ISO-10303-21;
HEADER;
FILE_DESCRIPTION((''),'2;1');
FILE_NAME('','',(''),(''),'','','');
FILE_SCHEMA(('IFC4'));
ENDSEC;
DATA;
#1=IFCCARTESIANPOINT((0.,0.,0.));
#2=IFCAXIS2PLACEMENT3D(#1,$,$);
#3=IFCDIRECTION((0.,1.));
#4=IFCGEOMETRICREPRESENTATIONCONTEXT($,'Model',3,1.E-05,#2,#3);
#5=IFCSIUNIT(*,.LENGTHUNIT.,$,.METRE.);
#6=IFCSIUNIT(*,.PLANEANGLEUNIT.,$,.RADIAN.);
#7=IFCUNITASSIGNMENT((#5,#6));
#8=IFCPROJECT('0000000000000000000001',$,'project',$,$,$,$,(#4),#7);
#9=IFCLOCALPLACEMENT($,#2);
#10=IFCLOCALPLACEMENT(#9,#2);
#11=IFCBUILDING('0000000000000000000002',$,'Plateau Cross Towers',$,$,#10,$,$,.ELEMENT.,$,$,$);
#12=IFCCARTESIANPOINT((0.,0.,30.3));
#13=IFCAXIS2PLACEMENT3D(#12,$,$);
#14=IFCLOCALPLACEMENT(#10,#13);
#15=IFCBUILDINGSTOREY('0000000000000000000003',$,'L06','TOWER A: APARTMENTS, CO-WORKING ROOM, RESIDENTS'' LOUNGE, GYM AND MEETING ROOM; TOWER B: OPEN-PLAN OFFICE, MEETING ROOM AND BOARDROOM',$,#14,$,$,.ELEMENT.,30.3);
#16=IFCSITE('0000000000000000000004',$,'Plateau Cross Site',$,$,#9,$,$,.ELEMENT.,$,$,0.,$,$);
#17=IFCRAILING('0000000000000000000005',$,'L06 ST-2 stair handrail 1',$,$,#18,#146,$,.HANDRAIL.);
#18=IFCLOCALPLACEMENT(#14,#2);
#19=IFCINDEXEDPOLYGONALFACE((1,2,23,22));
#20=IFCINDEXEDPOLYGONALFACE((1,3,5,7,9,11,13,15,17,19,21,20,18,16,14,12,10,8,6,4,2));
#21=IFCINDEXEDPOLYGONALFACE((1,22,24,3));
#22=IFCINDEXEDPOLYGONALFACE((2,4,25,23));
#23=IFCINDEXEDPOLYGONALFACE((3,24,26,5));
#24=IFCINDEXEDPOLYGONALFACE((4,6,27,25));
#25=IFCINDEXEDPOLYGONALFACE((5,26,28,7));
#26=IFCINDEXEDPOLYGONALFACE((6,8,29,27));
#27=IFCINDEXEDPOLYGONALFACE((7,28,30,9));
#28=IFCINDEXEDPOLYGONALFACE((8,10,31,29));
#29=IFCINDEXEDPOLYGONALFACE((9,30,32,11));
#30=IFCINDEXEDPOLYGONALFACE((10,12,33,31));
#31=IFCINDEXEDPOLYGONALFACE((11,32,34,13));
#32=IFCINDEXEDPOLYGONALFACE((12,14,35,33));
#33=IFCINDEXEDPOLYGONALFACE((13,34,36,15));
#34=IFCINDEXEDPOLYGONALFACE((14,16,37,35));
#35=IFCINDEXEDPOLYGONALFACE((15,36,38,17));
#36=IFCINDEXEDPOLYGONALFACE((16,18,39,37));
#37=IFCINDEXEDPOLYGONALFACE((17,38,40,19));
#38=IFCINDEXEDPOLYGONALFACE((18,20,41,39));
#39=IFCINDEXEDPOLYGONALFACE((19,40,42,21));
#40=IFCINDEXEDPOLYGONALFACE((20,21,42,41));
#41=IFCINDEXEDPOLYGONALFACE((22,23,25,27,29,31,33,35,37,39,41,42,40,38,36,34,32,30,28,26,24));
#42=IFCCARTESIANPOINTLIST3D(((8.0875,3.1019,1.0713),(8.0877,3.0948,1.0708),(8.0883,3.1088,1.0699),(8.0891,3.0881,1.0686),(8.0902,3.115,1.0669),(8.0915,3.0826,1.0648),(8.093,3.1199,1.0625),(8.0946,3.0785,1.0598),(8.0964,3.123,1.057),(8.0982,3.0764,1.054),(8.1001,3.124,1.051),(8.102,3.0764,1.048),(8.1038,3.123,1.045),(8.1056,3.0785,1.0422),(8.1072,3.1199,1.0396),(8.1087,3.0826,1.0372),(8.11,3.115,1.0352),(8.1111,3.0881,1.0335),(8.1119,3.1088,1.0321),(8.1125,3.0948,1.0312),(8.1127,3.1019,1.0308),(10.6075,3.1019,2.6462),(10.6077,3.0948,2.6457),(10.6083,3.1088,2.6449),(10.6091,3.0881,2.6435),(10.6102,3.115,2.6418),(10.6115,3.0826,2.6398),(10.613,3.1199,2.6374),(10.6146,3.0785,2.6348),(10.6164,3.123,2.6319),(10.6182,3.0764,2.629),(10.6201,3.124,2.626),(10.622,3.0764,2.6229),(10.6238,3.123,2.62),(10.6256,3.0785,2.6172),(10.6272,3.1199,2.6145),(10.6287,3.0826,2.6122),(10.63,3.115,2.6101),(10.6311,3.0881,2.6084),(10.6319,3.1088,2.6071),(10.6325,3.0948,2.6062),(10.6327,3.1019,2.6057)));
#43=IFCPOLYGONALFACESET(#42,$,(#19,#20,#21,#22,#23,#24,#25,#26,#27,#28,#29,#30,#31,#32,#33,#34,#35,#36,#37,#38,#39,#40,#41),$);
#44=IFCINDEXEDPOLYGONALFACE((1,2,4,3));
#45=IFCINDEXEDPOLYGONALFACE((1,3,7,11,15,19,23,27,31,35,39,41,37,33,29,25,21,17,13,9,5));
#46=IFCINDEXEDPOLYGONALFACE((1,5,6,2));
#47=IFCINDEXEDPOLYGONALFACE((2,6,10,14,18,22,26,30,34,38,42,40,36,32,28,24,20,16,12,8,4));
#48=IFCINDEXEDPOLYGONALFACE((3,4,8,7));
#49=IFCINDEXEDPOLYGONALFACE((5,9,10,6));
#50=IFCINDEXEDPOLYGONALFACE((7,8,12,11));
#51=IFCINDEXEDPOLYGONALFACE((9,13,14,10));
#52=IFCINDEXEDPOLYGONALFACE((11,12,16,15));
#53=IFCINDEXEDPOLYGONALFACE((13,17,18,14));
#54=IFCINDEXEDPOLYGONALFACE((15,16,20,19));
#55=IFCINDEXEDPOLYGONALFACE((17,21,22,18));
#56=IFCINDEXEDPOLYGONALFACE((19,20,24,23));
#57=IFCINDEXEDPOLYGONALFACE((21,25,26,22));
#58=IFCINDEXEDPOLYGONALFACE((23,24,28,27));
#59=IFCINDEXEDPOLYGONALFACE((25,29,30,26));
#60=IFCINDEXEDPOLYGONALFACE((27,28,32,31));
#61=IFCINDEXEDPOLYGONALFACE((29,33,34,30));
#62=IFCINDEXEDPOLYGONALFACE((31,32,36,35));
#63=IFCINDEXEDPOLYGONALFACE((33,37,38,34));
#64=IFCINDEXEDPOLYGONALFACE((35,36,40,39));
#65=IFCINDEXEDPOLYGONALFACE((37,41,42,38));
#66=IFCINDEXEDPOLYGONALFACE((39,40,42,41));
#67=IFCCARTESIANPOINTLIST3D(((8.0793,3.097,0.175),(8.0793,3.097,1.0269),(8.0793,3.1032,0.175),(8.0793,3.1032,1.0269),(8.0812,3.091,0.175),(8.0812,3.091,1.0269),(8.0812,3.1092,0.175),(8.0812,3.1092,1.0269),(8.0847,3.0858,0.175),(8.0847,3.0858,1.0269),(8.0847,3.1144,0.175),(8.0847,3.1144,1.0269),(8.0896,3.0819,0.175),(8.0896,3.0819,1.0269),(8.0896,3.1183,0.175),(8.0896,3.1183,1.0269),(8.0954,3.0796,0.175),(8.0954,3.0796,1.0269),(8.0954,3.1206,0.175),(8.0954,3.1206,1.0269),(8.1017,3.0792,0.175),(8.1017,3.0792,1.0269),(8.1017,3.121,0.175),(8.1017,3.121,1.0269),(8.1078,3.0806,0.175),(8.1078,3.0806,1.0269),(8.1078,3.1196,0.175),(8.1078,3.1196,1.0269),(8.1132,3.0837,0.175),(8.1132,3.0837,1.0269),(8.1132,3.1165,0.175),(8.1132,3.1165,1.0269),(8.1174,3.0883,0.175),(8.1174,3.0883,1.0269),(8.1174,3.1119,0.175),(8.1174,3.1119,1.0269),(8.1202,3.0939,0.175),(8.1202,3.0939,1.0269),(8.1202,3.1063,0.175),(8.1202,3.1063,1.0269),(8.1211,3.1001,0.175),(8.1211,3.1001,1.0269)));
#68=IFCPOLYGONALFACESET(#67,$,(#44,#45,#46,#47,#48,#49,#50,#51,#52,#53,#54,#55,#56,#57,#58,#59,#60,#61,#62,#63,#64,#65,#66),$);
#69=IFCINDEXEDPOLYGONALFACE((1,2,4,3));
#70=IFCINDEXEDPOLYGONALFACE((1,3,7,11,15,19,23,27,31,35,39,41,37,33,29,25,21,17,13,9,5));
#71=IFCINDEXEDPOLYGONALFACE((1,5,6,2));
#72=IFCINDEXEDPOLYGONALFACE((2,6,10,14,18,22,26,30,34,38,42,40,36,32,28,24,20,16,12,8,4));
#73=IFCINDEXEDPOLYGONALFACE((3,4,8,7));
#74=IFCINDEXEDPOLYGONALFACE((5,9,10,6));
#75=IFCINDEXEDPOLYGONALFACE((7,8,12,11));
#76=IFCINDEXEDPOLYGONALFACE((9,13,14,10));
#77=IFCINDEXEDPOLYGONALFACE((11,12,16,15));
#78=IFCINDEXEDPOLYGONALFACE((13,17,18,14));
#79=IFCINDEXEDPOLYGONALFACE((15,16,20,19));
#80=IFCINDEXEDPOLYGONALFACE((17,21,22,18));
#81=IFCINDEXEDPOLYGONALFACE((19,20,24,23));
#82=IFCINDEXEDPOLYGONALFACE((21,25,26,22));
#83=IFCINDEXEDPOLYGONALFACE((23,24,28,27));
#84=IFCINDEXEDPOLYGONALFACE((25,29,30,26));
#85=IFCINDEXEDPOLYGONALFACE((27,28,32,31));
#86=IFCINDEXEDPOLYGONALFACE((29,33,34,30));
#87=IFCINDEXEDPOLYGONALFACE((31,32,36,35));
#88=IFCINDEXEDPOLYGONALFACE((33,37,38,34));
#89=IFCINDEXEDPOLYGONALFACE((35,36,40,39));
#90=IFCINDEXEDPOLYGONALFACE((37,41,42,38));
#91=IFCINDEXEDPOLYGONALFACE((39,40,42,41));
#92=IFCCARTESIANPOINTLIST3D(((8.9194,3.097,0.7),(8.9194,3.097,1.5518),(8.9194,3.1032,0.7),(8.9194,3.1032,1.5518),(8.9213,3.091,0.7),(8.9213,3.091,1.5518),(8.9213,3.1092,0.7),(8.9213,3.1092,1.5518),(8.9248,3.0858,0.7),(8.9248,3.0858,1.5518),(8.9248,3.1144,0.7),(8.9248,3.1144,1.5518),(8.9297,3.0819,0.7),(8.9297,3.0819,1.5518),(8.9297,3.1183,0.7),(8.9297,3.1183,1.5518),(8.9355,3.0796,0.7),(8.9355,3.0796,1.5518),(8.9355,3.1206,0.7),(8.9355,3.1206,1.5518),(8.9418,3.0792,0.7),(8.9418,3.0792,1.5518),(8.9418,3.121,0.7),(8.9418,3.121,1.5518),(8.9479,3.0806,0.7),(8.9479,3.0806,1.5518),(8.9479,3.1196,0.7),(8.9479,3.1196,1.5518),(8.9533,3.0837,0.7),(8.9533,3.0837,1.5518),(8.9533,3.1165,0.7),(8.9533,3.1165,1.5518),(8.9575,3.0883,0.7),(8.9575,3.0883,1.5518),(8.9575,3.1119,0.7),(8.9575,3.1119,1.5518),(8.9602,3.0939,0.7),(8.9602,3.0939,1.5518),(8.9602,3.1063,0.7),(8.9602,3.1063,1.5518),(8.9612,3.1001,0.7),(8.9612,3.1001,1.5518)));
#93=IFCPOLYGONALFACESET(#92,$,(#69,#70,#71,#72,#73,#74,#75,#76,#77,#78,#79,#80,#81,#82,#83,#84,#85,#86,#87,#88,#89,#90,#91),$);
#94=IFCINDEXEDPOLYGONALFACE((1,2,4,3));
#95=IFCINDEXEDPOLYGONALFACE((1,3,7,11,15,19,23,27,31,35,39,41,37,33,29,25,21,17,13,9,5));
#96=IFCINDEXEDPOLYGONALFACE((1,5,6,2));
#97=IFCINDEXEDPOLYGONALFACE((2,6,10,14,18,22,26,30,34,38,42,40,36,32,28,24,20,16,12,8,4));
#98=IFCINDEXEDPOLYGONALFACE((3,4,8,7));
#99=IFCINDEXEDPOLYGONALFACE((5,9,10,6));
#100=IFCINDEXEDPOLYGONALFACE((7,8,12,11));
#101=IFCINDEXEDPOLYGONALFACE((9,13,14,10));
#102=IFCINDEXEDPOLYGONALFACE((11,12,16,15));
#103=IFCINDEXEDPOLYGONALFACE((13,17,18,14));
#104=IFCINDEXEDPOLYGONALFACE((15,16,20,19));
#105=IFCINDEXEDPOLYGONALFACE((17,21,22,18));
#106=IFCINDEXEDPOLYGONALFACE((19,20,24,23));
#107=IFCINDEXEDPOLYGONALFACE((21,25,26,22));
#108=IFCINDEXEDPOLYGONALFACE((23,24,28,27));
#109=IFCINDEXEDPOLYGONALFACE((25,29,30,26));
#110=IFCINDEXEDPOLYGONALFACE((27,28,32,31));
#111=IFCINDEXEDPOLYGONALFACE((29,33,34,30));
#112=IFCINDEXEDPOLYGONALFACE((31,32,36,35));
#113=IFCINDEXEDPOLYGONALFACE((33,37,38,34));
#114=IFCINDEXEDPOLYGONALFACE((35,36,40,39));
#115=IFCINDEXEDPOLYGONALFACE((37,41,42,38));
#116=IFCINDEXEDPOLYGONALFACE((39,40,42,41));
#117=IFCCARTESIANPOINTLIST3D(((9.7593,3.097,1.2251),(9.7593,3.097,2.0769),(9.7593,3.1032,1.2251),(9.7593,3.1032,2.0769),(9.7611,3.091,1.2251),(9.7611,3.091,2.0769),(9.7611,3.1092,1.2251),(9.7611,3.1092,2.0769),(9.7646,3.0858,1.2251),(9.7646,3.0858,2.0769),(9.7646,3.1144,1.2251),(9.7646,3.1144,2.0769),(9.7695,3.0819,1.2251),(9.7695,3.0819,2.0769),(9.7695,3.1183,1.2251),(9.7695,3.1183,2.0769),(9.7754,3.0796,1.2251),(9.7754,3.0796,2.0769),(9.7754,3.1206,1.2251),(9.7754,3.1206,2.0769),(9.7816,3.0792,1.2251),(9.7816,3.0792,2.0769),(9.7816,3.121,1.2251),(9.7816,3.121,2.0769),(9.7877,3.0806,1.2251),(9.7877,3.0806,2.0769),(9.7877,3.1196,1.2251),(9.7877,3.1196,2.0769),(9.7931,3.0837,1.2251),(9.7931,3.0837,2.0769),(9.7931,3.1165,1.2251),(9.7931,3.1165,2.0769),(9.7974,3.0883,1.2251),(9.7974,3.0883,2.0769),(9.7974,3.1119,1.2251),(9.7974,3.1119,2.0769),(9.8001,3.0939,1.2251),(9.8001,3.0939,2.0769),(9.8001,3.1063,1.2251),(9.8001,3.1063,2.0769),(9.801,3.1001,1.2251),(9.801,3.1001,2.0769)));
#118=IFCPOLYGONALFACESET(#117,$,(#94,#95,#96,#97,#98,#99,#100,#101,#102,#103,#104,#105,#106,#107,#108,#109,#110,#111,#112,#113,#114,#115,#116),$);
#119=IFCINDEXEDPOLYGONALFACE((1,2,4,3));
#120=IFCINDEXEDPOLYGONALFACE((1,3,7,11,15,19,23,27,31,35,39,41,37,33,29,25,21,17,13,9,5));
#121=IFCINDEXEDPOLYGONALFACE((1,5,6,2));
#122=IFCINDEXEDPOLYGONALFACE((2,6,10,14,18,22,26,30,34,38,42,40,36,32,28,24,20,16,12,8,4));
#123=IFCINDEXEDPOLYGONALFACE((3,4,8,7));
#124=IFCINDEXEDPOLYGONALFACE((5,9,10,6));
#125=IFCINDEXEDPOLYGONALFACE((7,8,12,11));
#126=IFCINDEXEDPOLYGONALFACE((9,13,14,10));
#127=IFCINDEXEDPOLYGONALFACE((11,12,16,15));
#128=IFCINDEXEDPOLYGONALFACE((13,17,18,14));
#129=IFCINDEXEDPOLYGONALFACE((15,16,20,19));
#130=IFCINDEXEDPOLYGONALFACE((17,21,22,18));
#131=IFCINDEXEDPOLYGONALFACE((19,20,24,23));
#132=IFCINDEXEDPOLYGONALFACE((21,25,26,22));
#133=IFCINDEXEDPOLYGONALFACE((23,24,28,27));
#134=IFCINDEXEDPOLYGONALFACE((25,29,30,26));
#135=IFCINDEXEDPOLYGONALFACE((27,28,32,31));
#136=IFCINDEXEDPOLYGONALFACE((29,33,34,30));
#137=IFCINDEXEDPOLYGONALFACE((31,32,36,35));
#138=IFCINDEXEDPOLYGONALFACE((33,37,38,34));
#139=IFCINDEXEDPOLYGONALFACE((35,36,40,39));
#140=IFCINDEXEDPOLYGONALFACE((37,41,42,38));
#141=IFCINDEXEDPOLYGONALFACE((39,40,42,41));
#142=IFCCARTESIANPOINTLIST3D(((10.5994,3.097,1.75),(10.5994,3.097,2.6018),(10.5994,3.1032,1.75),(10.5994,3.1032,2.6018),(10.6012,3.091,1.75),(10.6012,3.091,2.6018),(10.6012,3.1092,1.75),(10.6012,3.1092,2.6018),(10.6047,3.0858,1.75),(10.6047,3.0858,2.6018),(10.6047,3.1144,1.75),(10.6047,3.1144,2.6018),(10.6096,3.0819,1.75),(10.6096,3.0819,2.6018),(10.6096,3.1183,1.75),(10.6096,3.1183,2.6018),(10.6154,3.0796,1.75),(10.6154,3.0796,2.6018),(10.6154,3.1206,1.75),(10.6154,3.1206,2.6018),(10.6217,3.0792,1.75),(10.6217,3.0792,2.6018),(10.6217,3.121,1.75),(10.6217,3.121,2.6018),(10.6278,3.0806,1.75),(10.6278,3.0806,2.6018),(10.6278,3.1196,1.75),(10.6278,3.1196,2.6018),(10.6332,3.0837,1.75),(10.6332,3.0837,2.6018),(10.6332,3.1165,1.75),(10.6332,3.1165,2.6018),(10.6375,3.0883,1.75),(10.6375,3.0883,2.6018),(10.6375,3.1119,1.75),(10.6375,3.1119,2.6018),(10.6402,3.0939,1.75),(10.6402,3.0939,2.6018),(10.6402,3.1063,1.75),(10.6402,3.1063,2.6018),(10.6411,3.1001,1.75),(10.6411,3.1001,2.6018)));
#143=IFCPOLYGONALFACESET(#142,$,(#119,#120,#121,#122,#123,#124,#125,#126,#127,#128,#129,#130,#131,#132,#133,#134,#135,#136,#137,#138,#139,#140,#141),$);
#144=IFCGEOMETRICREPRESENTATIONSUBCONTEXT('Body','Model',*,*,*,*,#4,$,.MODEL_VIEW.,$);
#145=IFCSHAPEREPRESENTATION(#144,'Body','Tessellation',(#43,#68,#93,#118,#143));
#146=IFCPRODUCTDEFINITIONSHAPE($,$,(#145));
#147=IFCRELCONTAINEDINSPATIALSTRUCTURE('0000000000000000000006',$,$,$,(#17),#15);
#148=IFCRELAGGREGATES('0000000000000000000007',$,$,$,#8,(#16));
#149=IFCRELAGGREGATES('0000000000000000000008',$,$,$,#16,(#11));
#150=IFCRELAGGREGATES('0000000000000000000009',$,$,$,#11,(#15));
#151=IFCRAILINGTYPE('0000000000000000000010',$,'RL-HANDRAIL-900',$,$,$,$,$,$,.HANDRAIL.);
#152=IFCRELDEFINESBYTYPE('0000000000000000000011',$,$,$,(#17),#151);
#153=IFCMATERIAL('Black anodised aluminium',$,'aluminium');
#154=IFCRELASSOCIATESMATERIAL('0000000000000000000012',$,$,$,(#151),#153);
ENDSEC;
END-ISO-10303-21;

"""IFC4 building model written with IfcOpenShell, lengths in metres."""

from ifc_helpers import new_model, si_unit, direction, frame, origin, origin_2d, place, context, subcontext, project, spatial, circle, extrude, material, type_object, element, save


model = new_model("IFC4")

# Units and contexts
model_context = context("Model", 3, precision=1e-05, world=origin(), true_north=direction((0.0, 1.0)))
body_context = subcontext(model_context, "Body", "Model", "MODEL_VIEW")
ifc_project = project(units=[si_unit("LENGTHUNIT", "METRE"), si_unit("PLANEANGLEUNIT", "RADIAN")], contexts=[model_context])

# Site, building, storey
site_placement = place(None, origin())
site = spatial("IfcSite", under=ifc_project, at=site_placement, Name="Plateau Cross Site", CompositionType="ELEMENT", RefElevation=0.0)
building_placement = place(site_placement, origin())
building = spatial("IfcBuilding", under=site, at=building_placement, Name="Plateau Cross Towers", CompositionType="ELEMENT")
storey_placement = place(building_placement, frame((0.0, 0.0, 30.3)))
storey = spatial("IfcBuildingStorey", under=building, at=storey_placement, Name="L06", Description="TOWER A: APARTMENTS, CO-WORKING ROOM, RESIDENTS' LOUNGE, GYM AND MEETING ROOM; TOWER B: OPEN-PLAN OFFICE, MEETING ROOM AND BOARDROOM", CompositionType="ELEMENT", Elevation=30.3)

# Shared definitions
ifc_material_1 = material(Name="Black anodised aluminium", Category="aluminium")

# Railing
railing_type_1 = type_object("IfcRailingType", Name="RL-HANDRAIL-900", PredefinedType="HANDRAIL", material=ifc_material_1)
railing_1_placement = place(storey_placement, frame((8.1001, 3.1001, 0.175)))
element("IfcRailing", 1, at=railing_1_placement, inside=storey, type_object=railing_type_1, Name="L06 ST-2 stair handrail 1", PredefinedType="HANDRAIL", context=body_context, shape_type="SweptSolid", body=[
    extrude(circle(Radius=0.0239, at=origin_2d()), frame((0.0, 0.0, 0.876), z_axis=(0.848008, 0.0, 0.529984), x_axis=(0.0, 1.0, 0.0)), (0.0, 0.0, 1.0), 2.9717),
    extrude(circle(Radius=0.021, at=origin_2d()), origin(), (0.0, 0.0, 1.0), 0.8518),
    extrude(circle(Radius=0.021, at=origin_2d()), frame((0.8401, 0.0, 0.5249)), (0.0, 0.0, 1.0), 0.8518),
    extrude(circle(Radius=0.021, at=origin_2d()), frame((1.6799, 0.0, 1.05)), (0.0, 0.0, 1.0), 0.8518),
    extrude(circle(Radius=0.021, at=origin_2d()), frame((2.52, 0.0, 1.575)), (0.0, 0.0, 1.0), 0.8518),
])

save(model, "model.ifc")
